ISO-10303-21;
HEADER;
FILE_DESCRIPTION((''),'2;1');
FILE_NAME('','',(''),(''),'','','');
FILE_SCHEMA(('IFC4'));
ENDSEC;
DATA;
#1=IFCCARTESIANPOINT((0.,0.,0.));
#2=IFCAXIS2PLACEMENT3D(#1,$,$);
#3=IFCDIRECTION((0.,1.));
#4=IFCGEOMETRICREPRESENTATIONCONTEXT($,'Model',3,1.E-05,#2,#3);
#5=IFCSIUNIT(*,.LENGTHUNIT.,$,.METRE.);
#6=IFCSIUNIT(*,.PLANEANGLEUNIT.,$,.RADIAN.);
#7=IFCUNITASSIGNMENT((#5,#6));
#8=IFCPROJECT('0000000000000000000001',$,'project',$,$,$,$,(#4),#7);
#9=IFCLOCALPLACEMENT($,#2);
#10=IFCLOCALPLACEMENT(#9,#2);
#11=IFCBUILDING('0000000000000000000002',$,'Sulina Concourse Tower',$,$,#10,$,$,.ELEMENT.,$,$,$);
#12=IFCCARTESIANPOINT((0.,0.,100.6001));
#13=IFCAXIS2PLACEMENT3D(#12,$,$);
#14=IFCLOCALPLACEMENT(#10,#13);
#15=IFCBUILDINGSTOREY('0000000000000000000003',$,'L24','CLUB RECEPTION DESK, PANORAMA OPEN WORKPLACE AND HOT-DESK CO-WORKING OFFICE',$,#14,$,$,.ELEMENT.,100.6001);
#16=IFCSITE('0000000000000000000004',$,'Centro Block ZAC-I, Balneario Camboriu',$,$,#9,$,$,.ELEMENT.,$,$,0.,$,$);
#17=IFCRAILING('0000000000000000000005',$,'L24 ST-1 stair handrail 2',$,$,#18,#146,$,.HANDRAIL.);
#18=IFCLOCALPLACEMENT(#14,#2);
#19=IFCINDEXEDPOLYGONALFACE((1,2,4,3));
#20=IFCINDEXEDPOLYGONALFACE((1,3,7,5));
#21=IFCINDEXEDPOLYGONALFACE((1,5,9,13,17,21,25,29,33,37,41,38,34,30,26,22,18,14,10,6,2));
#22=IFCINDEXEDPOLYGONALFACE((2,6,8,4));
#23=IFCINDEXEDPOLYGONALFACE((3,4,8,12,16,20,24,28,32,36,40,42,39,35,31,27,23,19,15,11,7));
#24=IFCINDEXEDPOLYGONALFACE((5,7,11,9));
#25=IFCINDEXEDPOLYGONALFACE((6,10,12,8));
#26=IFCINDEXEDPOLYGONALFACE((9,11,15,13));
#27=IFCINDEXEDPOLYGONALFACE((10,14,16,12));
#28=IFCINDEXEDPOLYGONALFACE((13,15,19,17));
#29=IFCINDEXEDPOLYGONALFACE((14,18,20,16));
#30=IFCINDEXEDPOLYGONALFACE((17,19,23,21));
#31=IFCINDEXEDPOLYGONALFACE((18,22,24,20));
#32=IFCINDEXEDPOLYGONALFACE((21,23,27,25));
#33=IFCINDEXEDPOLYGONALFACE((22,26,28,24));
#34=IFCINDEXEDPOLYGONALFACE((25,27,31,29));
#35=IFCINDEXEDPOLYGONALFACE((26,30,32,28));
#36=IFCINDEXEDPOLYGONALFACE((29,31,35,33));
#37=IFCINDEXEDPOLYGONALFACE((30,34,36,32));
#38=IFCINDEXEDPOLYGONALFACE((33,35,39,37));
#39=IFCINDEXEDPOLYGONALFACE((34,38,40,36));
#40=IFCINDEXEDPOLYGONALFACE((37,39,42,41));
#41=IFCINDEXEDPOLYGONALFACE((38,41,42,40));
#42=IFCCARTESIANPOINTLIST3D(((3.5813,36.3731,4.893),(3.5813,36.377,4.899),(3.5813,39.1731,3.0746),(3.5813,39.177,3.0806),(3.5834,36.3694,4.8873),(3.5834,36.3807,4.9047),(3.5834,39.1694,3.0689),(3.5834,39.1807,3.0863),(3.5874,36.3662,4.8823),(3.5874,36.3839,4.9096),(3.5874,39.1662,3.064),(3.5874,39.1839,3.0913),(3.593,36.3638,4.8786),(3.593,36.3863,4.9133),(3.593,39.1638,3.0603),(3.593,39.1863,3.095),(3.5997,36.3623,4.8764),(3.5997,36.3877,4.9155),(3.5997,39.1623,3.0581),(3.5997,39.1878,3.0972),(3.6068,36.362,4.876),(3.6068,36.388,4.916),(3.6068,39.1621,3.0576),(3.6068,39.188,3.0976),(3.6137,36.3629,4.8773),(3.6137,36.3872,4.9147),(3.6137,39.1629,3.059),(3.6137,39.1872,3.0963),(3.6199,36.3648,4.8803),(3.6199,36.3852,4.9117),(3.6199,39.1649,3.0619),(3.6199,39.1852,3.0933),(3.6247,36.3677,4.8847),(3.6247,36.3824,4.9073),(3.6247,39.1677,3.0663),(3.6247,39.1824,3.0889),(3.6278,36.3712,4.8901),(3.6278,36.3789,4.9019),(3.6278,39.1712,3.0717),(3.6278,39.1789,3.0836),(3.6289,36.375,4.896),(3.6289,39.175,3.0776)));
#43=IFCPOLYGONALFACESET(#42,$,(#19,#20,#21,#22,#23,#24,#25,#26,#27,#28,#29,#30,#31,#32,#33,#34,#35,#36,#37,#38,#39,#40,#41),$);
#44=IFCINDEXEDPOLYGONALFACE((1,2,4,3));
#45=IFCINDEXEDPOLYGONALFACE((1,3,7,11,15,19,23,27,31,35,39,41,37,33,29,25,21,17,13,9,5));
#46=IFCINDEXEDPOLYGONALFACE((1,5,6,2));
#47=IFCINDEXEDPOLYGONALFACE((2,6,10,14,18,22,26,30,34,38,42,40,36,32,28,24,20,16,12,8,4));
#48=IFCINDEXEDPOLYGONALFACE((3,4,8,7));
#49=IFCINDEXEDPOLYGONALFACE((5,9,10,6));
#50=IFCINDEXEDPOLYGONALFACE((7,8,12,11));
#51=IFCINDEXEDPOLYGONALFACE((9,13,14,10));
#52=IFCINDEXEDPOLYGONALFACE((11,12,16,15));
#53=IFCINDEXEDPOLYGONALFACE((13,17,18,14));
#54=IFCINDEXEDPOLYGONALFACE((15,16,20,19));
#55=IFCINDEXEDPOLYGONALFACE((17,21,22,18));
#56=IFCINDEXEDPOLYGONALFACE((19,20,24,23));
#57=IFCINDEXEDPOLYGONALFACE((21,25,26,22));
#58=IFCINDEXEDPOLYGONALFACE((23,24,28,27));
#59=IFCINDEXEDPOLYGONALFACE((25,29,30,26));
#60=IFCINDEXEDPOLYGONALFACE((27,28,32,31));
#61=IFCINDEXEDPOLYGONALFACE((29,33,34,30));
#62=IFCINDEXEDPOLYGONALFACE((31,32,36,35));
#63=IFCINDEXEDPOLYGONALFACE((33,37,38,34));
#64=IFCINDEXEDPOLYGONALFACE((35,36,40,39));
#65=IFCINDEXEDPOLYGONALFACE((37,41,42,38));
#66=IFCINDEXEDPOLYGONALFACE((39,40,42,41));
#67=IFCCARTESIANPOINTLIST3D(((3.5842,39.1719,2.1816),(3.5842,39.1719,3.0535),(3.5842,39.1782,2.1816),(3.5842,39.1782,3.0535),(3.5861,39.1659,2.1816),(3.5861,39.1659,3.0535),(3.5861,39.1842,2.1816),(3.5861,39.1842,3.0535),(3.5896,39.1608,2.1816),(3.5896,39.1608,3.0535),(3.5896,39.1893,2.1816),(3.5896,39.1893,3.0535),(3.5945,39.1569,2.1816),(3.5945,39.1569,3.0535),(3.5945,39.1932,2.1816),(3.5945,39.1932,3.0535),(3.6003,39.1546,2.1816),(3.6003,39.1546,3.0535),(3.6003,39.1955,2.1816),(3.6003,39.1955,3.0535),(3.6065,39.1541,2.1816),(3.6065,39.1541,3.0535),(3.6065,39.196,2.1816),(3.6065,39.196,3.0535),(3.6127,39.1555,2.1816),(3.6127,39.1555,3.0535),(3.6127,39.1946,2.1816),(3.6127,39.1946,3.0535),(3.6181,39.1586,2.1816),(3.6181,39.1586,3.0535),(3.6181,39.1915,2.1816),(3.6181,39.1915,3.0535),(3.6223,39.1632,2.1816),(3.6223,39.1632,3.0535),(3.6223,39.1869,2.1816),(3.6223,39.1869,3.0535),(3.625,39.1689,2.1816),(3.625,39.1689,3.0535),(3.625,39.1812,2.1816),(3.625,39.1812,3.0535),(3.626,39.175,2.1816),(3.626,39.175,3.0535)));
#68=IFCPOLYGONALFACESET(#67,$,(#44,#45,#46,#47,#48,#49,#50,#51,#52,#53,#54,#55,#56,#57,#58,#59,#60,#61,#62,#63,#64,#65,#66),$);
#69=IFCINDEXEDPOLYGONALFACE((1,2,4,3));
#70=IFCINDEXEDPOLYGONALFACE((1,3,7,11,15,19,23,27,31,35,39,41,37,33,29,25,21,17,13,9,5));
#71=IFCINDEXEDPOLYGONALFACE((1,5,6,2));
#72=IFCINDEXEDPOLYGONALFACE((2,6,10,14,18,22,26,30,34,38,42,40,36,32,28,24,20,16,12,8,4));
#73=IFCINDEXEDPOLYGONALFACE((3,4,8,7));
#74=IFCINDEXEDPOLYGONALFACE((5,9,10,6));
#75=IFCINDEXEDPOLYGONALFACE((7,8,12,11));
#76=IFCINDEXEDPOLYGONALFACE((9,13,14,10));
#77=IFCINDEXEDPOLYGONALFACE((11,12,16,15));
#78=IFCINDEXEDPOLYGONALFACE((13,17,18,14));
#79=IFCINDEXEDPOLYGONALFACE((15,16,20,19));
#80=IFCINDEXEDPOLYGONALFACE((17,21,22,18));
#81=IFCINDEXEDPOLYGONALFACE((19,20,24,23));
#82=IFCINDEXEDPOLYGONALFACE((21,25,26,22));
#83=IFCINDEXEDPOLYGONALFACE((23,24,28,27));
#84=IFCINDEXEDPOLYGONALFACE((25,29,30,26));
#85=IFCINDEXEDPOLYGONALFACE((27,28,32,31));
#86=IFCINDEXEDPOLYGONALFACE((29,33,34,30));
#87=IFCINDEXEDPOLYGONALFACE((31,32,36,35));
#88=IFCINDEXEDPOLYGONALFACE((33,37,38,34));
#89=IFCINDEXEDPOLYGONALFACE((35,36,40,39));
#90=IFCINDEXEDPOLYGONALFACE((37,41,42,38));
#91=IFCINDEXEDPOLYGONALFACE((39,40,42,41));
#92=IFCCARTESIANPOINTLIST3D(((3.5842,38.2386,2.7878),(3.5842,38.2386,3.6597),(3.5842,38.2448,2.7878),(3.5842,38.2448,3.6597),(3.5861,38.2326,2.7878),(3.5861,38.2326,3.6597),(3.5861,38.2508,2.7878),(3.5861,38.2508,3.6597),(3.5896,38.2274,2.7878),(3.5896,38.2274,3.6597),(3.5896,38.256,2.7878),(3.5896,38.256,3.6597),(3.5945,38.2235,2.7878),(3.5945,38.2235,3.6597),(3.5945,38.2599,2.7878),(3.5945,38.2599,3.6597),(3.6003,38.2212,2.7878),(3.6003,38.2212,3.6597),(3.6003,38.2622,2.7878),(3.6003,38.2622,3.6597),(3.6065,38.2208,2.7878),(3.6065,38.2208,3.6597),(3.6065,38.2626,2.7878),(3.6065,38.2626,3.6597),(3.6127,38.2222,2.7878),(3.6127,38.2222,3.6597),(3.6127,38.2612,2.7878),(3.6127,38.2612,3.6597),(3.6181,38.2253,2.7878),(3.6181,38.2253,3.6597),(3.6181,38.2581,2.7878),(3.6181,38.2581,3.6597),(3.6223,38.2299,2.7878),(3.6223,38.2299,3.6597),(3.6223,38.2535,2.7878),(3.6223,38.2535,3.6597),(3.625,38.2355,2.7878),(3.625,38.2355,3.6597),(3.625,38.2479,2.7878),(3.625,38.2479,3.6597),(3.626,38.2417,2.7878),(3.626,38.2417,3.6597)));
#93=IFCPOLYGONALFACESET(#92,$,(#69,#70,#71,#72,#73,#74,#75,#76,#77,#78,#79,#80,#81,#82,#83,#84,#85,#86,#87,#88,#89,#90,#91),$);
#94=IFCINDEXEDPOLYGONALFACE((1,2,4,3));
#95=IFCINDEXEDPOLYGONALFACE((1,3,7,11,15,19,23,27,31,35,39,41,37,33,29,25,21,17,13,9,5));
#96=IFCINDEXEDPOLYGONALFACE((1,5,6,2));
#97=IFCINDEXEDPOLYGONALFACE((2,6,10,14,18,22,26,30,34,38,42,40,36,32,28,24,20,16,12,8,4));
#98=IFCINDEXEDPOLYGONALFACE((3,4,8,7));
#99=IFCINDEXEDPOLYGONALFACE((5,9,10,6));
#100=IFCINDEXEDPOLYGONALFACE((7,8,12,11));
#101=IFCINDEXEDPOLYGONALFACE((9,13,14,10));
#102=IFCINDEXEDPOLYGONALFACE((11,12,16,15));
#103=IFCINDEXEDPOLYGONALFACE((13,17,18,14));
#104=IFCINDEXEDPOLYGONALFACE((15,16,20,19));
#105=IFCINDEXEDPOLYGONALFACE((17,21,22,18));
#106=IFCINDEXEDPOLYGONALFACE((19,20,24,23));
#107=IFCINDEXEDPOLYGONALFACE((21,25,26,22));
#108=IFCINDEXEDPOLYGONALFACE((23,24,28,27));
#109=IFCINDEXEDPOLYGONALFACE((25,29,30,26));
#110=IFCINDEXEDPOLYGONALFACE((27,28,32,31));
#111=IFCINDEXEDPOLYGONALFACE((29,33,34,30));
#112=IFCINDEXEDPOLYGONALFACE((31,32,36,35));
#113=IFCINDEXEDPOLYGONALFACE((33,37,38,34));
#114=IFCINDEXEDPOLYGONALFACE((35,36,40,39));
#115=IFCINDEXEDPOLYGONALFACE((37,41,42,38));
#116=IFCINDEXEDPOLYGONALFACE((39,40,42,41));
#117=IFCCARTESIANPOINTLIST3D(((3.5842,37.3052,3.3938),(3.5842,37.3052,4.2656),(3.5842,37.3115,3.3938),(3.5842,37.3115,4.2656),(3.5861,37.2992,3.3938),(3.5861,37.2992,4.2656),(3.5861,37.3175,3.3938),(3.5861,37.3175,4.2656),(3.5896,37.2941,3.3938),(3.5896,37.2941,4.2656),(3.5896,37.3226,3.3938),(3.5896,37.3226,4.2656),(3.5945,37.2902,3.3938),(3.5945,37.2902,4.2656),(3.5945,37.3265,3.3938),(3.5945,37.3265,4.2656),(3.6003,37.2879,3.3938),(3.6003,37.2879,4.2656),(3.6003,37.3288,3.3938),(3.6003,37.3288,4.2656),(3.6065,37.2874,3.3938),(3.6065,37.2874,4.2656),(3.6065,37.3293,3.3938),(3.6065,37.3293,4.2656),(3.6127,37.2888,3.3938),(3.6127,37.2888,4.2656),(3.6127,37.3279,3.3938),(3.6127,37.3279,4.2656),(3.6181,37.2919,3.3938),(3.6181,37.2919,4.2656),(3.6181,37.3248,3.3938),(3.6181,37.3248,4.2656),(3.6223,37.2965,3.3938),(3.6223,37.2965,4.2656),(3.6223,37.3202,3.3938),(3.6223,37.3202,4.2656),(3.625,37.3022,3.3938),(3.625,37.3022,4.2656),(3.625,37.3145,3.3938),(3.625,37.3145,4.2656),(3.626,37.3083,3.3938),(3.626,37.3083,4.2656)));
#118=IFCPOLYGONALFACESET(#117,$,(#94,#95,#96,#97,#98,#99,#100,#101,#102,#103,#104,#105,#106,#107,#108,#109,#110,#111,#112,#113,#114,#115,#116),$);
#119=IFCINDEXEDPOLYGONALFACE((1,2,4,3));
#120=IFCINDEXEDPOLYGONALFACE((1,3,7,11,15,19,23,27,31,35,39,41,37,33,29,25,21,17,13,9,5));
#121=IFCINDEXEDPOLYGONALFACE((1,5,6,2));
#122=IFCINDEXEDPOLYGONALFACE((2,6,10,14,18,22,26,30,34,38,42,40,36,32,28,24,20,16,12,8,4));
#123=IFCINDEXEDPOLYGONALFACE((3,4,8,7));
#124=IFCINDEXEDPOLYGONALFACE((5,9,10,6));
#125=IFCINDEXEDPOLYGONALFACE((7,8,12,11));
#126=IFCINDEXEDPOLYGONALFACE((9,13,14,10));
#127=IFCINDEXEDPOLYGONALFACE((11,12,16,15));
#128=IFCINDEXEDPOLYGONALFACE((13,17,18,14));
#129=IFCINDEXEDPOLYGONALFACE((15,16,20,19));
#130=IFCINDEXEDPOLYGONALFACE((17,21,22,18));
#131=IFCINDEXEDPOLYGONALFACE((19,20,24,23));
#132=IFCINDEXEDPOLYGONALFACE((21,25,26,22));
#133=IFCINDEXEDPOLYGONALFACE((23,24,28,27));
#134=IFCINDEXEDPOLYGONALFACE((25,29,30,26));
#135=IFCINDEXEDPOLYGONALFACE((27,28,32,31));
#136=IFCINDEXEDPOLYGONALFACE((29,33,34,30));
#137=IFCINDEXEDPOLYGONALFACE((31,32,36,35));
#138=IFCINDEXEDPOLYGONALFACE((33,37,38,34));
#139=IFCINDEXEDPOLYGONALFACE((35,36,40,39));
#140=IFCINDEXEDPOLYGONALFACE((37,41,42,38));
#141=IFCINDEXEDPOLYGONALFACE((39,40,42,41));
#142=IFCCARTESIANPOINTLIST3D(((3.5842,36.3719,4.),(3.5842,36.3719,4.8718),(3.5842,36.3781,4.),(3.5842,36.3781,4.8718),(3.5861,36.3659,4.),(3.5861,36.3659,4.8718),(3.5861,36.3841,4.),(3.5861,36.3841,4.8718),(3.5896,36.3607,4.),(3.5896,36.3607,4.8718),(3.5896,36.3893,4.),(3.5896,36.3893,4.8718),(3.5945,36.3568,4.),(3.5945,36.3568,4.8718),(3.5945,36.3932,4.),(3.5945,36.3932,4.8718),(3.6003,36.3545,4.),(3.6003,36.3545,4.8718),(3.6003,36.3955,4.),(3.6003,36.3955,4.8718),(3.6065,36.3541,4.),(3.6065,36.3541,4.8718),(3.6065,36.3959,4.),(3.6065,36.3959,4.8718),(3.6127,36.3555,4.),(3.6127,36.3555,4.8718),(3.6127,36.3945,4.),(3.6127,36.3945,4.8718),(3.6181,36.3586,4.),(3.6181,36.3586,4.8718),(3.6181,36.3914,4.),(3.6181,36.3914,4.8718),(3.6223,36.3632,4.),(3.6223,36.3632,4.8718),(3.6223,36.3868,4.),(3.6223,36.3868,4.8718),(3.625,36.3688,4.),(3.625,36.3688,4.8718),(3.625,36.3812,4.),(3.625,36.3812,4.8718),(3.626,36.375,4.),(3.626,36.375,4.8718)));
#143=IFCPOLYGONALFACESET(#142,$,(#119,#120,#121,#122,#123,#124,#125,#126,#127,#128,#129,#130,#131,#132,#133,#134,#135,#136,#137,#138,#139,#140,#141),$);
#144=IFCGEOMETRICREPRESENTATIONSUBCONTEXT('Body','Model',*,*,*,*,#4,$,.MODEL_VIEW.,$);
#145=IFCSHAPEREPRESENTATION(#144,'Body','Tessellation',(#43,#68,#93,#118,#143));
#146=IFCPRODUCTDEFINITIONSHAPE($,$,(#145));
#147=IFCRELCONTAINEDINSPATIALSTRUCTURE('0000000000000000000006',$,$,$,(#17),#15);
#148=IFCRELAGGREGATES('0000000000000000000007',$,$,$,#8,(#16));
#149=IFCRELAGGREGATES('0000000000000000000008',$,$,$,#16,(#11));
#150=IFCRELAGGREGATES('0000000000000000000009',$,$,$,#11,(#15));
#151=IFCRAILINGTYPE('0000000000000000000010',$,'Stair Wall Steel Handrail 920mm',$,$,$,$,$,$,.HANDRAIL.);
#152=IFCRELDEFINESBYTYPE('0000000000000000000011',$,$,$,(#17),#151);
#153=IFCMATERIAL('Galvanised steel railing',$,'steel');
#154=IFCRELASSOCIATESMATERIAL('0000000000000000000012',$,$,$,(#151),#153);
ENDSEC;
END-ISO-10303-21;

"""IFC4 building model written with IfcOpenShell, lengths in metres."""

from ifc_helpers import new_model, si_unit, direction, frame, origin, origin_2d, place, context, subcontext, project, spatial, circle, extrude, material, type_object, element, save


model = new_model("IFC4")

# Units and contexts
model_context = context("Model", 3, precision=1e-05, world=origin(), true_north=direction((0.0, 1.0)))
body_context = subcontext(model_context, "Body", "Model", "MODEL_VIEW")
ifc_project = project(units=[si_unit("LENGTHUNIT", "METRE"), si_unit("PLANEANGLEUNIT", "RADIAN")], contexts=[model_context])

# Site, building, storey
site_placement = place(None, origin())
site = spatial("IfcSite", under=ifc_project, at=site_placement, Name="Centro Block ZAC-I, Balneario Camboriu", CompositionType="ELEMENT", RefElevation=0.0)
building_placement = place(site_placement, origin())
building = spatial("IfcBuilding", under=site, at=building_placement, Name="Sulina Concourse Tower", CompositionType="ELEMENT")
storey_placement = place(building_placement, frame((0.0, 0.0, 100.6001)))
storey = spatial("IfcBuildingStorey", under=building, at=storey_placement, Name="L24", Description="CLUB RECEPTION DESK, PANORAMA OPEN WORKPLACE AND HOT-DESK CO-WORKING OFFICE", CompositionType="ELEMENT", Elevation=100.6001)

# Railing
ifc_material_1 = material(Name="Galvanised steel railing", Category="steel")
railing_type_1 = type_object("IfcRailingType", Name="Stair Wall Steel Handrail 920mm", PredefinedType="HANDRAIL", material=ifc_material_1)
railing_1_placement = place(storey_placement, frame((3.605, 39.175, 2.1816)))
element("IfcRailing", 1, at=railing_1_placement, inside=storey, type_object=railing_type_1, Name="L24 ST-1 stair handrail 2", PredefinedType="HANDRAIL", context=body_context, shape_type="SweptSolid", body=[
    extrude(circle(Radius=0.0239, at=origin_2d()), frame((0.0, 0.0, 0.896), z_axis=(0.0, -0.838672, 0.544636), x_axis=(1.0, 0.0, 0.0)), (0.0, 0.0, 1.0), 3.3386),
    extrude(circle(Radius=0.021, at=origin_2d()), origin(), (0.0, 0.0, 1.0), 0.8718),
    extrude(circle(Radius=0.021, at=origin_2d()), frame((0.0, -0.9333, 0.6062)), (0.0, 0.0, 1.0), 0.8718),
    extrude(circle(Radius=0.021, at=origin_2d()), frame((0.0, -1.8667, 1.2122)), (0.0, 0.0, 1.0), 0.8718),
    extrude(circle(Radius=0.021, at=origin_2d()), frame((0.0, -2.8, 1.8184)), (0.0, 0.0, 1.0), 0.8718),
])

save(model, "model.ifc")
